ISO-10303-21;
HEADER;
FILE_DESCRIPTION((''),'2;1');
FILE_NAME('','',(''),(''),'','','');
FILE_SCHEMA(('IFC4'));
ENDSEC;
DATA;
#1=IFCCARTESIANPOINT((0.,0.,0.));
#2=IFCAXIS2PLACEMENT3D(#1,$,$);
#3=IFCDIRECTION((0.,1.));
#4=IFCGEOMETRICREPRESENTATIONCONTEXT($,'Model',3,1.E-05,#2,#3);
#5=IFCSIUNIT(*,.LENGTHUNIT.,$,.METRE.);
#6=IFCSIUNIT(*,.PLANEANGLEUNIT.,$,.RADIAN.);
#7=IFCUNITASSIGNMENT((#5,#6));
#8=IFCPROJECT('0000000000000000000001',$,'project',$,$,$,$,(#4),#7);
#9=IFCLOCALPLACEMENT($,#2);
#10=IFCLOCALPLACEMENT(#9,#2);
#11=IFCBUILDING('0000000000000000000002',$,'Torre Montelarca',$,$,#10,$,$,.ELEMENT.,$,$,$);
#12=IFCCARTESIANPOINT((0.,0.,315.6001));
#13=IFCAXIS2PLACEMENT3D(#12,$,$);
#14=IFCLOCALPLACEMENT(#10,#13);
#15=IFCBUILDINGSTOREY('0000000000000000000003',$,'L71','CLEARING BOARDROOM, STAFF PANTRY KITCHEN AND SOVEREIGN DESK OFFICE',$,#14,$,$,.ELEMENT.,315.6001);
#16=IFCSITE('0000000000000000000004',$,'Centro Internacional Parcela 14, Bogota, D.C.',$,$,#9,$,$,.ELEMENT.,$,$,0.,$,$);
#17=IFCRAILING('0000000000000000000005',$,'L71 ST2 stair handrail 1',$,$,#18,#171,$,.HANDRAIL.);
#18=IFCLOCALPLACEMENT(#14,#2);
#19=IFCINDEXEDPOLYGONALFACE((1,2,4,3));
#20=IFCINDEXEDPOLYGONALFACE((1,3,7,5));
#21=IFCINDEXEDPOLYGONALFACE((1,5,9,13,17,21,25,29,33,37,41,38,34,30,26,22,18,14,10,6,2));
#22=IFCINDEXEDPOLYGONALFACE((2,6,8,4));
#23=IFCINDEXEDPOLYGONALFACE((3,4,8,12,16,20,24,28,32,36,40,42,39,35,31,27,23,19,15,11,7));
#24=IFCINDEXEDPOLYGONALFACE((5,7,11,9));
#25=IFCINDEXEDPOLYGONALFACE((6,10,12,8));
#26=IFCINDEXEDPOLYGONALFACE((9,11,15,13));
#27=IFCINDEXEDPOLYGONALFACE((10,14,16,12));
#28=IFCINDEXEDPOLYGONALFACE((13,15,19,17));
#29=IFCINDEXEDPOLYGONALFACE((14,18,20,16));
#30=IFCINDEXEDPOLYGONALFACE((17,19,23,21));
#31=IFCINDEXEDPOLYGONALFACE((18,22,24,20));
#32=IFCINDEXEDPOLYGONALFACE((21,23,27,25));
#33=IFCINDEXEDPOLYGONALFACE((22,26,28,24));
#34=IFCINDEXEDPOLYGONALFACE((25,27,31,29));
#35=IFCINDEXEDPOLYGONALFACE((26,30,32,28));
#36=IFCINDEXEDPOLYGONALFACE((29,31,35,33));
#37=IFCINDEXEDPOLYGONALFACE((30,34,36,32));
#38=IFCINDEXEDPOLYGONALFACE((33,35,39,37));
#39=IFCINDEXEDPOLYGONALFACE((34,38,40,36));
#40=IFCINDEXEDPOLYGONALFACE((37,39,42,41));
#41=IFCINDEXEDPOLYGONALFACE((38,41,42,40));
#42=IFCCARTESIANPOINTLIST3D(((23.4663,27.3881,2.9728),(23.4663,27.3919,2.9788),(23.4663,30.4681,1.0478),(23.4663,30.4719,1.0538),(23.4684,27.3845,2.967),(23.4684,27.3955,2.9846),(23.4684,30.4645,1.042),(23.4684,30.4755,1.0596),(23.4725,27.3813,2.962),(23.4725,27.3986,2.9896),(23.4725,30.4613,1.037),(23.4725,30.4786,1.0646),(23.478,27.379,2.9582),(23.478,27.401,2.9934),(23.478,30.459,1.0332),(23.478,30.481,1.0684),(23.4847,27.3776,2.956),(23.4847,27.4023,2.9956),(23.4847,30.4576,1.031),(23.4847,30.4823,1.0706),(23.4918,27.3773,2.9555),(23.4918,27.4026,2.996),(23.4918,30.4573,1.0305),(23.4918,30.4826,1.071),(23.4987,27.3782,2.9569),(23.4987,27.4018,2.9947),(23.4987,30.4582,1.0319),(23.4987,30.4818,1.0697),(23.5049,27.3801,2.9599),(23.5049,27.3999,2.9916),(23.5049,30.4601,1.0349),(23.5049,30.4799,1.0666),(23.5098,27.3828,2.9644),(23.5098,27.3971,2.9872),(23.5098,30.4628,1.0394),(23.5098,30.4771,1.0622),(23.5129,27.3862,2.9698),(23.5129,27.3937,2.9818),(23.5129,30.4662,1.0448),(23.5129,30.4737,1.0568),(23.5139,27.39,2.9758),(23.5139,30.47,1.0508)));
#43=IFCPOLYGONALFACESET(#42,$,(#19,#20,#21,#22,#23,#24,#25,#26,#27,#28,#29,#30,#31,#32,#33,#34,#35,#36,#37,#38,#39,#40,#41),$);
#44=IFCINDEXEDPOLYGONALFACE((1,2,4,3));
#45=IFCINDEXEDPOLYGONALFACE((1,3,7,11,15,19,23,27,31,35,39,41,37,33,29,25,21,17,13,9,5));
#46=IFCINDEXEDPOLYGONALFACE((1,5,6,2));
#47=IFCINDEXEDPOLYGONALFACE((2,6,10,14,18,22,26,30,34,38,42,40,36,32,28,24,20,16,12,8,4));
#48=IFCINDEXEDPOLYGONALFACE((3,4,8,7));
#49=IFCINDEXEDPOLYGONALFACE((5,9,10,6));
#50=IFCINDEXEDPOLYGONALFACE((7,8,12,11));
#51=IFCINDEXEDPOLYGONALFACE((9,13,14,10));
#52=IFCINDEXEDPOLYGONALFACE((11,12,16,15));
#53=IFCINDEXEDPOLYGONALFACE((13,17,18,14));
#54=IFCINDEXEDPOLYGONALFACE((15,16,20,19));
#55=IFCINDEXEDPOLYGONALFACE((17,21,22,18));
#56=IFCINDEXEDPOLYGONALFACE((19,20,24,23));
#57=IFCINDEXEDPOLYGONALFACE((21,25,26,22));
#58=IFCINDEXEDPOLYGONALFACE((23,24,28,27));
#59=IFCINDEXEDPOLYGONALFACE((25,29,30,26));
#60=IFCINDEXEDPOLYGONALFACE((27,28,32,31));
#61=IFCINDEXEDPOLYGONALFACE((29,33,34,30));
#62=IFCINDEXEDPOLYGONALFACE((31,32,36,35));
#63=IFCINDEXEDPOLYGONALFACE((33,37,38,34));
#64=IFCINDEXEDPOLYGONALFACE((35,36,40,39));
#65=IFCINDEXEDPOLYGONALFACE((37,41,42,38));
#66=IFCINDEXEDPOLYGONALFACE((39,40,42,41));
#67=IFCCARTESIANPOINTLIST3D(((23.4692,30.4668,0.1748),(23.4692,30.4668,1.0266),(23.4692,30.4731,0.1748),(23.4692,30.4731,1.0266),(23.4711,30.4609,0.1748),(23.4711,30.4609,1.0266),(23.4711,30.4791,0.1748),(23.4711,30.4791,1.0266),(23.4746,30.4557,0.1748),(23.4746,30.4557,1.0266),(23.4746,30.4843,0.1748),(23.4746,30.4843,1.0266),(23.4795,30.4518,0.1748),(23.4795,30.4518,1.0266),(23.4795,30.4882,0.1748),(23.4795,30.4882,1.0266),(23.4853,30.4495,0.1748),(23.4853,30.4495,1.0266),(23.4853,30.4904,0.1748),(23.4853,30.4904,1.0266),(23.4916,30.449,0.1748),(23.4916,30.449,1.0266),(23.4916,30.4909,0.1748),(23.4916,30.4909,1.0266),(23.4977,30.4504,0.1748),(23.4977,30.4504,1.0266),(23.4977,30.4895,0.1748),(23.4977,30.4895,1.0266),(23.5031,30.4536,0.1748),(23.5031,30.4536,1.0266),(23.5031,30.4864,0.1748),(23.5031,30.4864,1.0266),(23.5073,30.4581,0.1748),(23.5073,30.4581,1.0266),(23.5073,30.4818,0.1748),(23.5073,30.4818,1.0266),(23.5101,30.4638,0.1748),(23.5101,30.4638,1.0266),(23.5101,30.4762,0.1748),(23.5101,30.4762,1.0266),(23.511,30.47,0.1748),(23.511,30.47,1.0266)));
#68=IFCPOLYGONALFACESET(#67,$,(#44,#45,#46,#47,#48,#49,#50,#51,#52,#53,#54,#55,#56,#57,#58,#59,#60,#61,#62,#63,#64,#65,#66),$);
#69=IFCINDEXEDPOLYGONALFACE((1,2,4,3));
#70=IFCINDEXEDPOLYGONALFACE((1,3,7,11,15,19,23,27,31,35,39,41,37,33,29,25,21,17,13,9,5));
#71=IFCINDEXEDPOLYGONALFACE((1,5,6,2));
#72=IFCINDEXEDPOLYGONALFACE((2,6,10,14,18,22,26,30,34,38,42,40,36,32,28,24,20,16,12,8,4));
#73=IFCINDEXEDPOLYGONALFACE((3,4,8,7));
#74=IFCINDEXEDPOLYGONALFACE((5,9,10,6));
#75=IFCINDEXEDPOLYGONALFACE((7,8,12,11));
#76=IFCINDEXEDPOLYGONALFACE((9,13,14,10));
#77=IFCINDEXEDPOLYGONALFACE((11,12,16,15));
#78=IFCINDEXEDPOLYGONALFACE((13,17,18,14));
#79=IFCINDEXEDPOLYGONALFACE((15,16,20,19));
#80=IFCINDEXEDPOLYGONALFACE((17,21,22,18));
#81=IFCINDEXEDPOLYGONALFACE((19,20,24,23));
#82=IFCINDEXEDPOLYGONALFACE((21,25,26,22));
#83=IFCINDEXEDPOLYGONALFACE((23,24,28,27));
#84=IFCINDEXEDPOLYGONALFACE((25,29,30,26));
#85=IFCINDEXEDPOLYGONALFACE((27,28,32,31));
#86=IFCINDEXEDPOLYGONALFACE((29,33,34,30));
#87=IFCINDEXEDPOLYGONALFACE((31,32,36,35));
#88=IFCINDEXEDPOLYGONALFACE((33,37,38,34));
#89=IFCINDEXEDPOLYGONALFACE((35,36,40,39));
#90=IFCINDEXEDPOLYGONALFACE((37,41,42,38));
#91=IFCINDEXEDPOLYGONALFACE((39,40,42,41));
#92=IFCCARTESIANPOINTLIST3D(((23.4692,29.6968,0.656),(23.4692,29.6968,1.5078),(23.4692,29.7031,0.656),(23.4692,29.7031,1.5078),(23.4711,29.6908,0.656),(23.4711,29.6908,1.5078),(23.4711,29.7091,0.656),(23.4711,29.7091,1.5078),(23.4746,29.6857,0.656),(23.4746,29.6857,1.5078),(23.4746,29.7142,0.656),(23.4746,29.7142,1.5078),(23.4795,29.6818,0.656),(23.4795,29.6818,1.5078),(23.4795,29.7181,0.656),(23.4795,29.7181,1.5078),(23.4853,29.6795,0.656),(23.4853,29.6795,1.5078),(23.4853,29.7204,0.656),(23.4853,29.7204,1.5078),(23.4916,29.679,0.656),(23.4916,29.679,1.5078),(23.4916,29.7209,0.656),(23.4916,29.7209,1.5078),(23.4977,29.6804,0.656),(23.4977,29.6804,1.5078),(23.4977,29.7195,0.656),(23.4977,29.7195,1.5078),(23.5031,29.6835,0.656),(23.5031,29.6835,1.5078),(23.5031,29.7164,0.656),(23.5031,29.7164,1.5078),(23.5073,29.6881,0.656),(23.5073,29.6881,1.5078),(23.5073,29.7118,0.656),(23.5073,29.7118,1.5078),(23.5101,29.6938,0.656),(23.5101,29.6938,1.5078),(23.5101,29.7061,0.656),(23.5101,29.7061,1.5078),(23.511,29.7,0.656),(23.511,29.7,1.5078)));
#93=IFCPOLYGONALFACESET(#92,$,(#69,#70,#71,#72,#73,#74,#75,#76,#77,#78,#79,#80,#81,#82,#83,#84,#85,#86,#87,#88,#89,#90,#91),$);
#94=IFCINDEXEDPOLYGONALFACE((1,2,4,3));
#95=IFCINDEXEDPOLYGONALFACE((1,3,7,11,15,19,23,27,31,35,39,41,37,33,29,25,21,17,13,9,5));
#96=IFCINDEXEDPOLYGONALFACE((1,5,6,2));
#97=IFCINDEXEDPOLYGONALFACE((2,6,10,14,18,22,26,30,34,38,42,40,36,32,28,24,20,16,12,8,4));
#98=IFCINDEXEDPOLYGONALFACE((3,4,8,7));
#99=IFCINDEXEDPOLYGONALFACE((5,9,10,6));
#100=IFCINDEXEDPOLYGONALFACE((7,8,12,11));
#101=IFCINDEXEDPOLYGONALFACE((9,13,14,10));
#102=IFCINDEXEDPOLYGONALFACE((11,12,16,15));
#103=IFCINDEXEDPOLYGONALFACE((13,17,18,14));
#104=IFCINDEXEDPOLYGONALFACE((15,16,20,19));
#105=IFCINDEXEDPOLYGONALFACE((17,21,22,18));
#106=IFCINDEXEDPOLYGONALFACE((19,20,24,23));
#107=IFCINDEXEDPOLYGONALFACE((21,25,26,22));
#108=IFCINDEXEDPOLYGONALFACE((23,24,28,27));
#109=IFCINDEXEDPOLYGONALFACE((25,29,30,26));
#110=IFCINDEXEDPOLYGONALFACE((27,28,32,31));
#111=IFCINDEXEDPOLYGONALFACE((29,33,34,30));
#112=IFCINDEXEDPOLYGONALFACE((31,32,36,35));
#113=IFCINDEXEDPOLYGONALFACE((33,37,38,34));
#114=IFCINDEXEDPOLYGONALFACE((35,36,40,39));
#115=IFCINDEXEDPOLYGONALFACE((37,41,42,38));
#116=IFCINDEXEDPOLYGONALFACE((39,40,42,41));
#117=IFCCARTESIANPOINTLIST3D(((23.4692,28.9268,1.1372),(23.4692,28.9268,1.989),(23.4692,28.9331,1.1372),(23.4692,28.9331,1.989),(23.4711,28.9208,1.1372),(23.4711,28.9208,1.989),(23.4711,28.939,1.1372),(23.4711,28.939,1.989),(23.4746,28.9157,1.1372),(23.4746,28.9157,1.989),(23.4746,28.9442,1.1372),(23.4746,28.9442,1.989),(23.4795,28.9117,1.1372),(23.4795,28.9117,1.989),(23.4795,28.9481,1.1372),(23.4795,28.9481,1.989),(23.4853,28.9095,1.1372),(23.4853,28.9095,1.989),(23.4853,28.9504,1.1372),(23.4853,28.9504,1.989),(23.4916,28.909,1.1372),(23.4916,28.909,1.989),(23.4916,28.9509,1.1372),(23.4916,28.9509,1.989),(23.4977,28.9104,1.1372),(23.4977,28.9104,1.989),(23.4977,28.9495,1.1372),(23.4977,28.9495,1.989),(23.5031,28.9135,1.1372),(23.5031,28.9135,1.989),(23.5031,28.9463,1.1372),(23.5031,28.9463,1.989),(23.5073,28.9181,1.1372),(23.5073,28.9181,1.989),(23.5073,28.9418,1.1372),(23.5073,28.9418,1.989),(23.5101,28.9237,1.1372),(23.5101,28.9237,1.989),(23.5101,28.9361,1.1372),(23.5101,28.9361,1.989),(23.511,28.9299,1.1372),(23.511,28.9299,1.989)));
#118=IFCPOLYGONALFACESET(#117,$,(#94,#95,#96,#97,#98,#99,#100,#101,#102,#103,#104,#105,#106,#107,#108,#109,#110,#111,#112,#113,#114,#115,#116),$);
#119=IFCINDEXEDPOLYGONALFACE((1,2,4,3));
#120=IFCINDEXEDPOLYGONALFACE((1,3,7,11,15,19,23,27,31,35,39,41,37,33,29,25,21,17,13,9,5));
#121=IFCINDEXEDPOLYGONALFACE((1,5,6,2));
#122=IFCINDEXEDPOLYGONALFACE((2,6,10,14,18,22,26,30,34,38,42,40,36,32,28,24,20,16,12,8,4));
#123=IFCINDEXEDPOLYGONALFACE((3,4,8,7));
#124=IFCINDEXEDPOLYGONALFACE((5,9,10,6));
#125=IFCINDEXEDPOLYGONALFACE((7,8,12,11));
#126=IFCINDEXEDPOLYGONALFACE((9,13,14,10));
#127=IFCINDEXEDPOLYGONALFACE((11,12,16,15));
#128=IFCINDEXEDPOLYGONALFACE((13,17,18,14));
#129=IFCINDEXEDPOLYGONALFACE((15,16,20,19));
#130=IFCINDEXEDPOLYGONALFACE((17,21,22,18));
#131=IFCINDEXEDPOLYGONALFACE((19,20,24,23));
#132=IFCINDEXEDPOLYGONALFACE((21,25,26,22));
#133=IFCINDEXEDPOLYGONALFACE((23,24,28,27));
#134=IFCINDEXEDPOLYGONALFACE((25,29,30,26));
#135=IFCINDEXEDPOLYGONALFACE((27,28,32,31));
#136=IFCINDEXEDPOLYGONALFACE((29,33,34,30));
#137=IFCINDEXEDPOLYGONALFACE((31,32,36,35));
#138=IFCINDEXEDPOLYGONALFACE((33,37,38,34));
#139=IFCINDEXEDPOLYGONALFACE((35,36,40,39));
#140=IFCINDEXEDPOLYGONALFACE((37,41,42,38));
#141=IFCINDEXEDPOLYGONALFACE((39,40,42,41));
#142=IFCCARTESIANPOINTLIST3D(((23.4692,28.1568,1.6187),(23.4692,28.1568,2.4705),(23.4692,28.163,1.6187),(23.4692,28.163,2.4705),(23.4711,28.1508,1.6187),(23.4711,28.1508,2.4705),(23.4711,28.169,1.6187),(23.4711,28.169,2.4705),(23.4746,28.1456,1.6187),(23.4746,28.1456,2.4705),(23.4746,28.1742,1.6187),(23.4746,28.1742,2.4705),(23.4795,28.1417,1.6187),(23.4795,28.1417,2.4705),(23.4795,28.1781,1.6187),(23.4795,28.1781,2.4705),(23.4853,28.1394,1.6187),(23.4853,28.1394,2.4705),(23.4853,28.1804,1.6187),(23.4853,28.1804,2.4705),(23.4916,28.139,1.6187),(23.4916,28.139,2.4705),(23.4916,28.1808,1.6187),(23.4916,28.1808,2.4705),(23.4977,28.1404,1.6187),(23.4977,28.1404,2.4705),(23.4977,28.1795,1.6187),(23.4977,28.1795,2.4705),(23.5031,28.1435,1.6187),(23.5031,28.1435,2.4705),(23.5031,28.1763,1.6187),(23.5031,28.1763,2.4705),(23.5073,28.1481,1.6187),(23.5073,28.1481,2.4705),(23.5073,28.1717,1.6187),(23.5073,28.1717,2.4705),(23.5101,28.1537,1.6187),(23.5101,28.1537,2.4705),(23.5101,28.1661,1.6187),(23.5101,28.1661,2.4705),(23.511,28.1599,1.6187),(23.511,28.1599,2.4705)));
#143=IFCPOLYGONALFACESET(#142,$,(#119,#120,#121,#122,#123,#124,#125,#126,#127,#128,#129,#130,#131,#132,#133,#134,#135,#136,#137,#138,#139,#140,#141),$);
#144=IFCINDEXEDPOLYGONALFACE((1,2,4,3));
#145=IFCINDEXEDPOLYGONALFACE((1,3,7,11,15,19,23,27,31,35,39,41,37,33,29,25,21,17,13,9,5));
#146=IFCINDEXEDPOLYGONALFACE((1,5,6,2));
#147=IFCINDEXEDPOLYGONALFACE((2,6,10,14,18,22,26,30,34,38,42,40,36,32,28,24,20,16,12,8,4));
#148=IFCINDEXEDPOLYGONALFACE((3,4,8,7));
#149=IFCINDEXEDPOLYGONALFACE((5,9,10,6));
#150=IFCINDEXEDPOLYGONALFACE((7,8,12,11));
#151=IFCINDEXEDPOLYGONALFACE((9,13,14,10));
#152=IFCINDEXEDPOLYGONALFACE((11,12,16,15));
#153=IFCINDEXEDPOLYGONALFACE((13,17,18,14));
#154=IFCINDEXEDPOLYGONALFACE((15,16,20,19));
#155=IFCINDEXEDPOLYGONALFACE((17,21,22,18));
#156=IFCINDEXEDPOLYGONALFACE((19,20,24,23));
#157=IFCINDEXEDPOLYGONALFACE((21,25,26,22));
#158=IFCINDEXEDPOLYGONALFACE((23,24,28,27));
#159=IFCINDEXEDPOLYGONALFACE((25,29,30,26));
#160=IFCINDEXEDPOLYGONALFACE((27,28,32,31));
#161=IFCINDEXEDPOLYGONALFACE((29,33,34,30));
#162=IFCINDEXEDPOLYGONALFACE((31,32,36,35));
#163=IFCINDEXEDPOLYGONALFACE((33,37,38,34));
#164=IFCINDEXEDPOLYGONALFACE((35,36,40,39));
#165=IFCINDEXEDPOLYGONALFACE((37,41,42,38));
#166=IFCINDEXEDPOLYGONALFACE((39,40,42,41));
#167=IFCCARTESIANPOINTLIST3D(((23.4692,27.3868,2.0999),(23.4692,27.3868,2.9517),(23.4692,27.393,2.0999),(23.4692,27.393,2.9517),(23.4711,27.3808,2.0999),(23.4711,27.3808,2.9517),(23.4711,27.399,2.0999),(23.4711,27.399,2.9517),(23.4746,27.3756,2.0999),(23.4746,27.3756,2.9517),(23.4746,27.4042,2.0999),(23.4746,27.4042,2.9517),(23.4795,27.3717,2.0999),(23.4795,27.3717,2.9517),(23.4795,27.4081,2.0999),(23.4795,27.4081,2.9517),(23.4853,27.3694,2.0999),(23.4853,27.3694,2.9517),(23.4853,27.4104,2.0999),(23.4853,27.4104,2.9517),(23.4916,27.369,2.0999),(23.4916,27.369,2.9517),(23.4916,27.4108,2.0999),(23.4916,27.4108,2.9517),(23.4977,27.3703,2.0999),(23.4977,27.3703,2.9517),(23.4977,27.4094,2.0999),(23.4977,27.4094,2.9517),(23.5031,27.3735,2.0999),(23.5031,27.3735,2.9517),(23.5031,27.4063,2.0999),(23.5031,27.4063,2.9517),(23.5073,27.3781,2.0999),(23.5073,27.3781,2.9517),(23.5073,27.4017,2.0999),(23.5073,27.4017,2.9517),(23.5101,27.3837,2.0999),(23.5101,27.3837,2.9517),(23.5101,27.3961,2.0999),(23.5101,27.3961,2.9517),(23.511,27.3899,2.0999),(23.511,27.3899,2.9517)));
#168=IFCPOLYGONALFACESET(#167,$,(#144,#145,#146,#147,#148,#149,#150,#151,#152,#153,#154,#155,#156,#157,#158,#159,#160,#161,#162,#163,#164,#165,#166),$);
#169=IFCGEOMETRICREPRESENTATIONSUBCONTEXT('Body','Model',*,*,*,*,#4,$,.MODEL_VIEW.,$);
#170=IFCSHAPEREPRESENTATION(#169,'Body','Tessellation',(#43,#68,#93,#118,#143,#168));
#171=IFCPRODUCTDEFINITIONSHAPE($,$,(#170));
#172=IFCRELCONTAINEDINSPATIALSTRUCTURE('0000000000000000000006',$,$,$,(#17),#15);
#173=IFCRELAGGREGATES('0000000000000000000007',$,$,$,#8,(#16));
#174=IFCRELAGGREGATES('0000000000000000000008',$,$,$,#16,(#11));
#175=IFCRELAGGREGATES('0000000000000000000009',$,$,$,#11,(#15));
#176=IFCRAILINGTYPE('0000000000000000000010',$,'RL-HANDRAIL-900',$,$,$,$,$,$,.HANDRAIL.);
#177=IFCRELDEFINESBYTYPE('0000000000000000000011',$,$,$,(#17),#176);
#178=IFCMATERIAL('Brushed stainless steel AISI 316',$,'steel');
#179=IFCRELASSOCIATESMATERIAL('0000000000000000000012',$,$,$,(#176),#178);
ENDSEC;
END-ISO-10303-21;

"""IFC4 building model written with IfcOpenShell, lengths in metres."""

from ifc_helpers import new_model, si_unit, direction, frame, origin, origin_2d, place, context, subcontext, project, spatial, circle, extrude, material, type_object, element, save


model = new_model("IFC4")

# Units and contexts
model_context = context("Model", 3, precision=1e-05, world=origin(), true_north=direction((0.0, 1.0)))
body_context = subcontext(model_context, "Body", "Model", "MODEL_VIEW")
ifc_project = project(units=[si_unit("LENGTHUNIT", "METRE"), si_unit("PLANEANGLEUNIT", "RADIAN")], contexts=[model_context])

# Site, building, storey
site_placement = place(None, origin())
site = spatial("IfcSite", under=ifc_project, at=site_placement, Name="Centro Internacional Parcela 14, Bogota, D.C.", CompositionType="ELEMENT", RefElevation=0.0)
building_placement = place(site_placement, origin())
building = spatial("IfcBuilding", under=site, at=building_placement, Name="Torre Montelarca", CompositionType="ELEMENT")
storey_placement = place(building_placement, frame((0.0, 0.0, 315.6001)))
storey = spatial("IfcBuildingStorey", under=building, at=storey_placement, Name="L71", Description="CLEARING BOARDROOM, STAFF PANTRY KITCHEN AND SOVEREIGN DESK OFFICE", CompositionType="ELEMENT", Elevation=315.6001)

# Railing
ifc_material_1 = material(Name="Brushed stainless steel AISI 316", Category="steel")
railing_type_1 = type_object("IfcRailingType", Name="RL-HANDRAIL-900", PredefinedType="HANDRAIL", material=ifc_material_1)
railing_1_placement = place(storey_placement, frame((23.49, 30.47, 0.1748)))
element("IfcRailing", 1, at=railing_1_placement, inside=storey, type_object=railing_type_1, Name="L71 ST2 stair handrail 1", PredefinedType="HANDRAIL", context=body_context, shape_type="SweptSolid", body=[
    extrude(circle(Radius=0.0239, at=origin_2d()), frame((0.0, 0.0, 0.876), z_axis=(0.0, -0.847998, 0.529999), x_axis=(1.0, 0.0, 0.0)), (0.0, 0.0, 1.0), 3.6321),
    extrude(circle(Radius=0.021, at=origin_2d()), origin(), (0.0, 0.0, 1.0), 0.8518),
    extrude(circle(Radius=0.021, at=origin_2d()), frame((0.0, -0.77, 0.4812)), (0.0, 0.0, 1.0), 0.8518),
    extrude(circle(Radius=0.021, at=origin_2d()), frame((0.0, -1.54, 0.9624)), (0.0, 0.0, 1.0), 0.8518),
    extrude(circle(Radius=0.021, at=origin_2d()), frame((0.0, -2.3101, 1.4438)), (0.0, 0.0, 1.0), 0.8518),
    extrude(circle(Radius=0.021, at=origin_2d()), frame((0.0, -3.0801, 1.925)), (0.0, 0.0, 1.0), 0.8518),
])

save(model, "model.ifc")
